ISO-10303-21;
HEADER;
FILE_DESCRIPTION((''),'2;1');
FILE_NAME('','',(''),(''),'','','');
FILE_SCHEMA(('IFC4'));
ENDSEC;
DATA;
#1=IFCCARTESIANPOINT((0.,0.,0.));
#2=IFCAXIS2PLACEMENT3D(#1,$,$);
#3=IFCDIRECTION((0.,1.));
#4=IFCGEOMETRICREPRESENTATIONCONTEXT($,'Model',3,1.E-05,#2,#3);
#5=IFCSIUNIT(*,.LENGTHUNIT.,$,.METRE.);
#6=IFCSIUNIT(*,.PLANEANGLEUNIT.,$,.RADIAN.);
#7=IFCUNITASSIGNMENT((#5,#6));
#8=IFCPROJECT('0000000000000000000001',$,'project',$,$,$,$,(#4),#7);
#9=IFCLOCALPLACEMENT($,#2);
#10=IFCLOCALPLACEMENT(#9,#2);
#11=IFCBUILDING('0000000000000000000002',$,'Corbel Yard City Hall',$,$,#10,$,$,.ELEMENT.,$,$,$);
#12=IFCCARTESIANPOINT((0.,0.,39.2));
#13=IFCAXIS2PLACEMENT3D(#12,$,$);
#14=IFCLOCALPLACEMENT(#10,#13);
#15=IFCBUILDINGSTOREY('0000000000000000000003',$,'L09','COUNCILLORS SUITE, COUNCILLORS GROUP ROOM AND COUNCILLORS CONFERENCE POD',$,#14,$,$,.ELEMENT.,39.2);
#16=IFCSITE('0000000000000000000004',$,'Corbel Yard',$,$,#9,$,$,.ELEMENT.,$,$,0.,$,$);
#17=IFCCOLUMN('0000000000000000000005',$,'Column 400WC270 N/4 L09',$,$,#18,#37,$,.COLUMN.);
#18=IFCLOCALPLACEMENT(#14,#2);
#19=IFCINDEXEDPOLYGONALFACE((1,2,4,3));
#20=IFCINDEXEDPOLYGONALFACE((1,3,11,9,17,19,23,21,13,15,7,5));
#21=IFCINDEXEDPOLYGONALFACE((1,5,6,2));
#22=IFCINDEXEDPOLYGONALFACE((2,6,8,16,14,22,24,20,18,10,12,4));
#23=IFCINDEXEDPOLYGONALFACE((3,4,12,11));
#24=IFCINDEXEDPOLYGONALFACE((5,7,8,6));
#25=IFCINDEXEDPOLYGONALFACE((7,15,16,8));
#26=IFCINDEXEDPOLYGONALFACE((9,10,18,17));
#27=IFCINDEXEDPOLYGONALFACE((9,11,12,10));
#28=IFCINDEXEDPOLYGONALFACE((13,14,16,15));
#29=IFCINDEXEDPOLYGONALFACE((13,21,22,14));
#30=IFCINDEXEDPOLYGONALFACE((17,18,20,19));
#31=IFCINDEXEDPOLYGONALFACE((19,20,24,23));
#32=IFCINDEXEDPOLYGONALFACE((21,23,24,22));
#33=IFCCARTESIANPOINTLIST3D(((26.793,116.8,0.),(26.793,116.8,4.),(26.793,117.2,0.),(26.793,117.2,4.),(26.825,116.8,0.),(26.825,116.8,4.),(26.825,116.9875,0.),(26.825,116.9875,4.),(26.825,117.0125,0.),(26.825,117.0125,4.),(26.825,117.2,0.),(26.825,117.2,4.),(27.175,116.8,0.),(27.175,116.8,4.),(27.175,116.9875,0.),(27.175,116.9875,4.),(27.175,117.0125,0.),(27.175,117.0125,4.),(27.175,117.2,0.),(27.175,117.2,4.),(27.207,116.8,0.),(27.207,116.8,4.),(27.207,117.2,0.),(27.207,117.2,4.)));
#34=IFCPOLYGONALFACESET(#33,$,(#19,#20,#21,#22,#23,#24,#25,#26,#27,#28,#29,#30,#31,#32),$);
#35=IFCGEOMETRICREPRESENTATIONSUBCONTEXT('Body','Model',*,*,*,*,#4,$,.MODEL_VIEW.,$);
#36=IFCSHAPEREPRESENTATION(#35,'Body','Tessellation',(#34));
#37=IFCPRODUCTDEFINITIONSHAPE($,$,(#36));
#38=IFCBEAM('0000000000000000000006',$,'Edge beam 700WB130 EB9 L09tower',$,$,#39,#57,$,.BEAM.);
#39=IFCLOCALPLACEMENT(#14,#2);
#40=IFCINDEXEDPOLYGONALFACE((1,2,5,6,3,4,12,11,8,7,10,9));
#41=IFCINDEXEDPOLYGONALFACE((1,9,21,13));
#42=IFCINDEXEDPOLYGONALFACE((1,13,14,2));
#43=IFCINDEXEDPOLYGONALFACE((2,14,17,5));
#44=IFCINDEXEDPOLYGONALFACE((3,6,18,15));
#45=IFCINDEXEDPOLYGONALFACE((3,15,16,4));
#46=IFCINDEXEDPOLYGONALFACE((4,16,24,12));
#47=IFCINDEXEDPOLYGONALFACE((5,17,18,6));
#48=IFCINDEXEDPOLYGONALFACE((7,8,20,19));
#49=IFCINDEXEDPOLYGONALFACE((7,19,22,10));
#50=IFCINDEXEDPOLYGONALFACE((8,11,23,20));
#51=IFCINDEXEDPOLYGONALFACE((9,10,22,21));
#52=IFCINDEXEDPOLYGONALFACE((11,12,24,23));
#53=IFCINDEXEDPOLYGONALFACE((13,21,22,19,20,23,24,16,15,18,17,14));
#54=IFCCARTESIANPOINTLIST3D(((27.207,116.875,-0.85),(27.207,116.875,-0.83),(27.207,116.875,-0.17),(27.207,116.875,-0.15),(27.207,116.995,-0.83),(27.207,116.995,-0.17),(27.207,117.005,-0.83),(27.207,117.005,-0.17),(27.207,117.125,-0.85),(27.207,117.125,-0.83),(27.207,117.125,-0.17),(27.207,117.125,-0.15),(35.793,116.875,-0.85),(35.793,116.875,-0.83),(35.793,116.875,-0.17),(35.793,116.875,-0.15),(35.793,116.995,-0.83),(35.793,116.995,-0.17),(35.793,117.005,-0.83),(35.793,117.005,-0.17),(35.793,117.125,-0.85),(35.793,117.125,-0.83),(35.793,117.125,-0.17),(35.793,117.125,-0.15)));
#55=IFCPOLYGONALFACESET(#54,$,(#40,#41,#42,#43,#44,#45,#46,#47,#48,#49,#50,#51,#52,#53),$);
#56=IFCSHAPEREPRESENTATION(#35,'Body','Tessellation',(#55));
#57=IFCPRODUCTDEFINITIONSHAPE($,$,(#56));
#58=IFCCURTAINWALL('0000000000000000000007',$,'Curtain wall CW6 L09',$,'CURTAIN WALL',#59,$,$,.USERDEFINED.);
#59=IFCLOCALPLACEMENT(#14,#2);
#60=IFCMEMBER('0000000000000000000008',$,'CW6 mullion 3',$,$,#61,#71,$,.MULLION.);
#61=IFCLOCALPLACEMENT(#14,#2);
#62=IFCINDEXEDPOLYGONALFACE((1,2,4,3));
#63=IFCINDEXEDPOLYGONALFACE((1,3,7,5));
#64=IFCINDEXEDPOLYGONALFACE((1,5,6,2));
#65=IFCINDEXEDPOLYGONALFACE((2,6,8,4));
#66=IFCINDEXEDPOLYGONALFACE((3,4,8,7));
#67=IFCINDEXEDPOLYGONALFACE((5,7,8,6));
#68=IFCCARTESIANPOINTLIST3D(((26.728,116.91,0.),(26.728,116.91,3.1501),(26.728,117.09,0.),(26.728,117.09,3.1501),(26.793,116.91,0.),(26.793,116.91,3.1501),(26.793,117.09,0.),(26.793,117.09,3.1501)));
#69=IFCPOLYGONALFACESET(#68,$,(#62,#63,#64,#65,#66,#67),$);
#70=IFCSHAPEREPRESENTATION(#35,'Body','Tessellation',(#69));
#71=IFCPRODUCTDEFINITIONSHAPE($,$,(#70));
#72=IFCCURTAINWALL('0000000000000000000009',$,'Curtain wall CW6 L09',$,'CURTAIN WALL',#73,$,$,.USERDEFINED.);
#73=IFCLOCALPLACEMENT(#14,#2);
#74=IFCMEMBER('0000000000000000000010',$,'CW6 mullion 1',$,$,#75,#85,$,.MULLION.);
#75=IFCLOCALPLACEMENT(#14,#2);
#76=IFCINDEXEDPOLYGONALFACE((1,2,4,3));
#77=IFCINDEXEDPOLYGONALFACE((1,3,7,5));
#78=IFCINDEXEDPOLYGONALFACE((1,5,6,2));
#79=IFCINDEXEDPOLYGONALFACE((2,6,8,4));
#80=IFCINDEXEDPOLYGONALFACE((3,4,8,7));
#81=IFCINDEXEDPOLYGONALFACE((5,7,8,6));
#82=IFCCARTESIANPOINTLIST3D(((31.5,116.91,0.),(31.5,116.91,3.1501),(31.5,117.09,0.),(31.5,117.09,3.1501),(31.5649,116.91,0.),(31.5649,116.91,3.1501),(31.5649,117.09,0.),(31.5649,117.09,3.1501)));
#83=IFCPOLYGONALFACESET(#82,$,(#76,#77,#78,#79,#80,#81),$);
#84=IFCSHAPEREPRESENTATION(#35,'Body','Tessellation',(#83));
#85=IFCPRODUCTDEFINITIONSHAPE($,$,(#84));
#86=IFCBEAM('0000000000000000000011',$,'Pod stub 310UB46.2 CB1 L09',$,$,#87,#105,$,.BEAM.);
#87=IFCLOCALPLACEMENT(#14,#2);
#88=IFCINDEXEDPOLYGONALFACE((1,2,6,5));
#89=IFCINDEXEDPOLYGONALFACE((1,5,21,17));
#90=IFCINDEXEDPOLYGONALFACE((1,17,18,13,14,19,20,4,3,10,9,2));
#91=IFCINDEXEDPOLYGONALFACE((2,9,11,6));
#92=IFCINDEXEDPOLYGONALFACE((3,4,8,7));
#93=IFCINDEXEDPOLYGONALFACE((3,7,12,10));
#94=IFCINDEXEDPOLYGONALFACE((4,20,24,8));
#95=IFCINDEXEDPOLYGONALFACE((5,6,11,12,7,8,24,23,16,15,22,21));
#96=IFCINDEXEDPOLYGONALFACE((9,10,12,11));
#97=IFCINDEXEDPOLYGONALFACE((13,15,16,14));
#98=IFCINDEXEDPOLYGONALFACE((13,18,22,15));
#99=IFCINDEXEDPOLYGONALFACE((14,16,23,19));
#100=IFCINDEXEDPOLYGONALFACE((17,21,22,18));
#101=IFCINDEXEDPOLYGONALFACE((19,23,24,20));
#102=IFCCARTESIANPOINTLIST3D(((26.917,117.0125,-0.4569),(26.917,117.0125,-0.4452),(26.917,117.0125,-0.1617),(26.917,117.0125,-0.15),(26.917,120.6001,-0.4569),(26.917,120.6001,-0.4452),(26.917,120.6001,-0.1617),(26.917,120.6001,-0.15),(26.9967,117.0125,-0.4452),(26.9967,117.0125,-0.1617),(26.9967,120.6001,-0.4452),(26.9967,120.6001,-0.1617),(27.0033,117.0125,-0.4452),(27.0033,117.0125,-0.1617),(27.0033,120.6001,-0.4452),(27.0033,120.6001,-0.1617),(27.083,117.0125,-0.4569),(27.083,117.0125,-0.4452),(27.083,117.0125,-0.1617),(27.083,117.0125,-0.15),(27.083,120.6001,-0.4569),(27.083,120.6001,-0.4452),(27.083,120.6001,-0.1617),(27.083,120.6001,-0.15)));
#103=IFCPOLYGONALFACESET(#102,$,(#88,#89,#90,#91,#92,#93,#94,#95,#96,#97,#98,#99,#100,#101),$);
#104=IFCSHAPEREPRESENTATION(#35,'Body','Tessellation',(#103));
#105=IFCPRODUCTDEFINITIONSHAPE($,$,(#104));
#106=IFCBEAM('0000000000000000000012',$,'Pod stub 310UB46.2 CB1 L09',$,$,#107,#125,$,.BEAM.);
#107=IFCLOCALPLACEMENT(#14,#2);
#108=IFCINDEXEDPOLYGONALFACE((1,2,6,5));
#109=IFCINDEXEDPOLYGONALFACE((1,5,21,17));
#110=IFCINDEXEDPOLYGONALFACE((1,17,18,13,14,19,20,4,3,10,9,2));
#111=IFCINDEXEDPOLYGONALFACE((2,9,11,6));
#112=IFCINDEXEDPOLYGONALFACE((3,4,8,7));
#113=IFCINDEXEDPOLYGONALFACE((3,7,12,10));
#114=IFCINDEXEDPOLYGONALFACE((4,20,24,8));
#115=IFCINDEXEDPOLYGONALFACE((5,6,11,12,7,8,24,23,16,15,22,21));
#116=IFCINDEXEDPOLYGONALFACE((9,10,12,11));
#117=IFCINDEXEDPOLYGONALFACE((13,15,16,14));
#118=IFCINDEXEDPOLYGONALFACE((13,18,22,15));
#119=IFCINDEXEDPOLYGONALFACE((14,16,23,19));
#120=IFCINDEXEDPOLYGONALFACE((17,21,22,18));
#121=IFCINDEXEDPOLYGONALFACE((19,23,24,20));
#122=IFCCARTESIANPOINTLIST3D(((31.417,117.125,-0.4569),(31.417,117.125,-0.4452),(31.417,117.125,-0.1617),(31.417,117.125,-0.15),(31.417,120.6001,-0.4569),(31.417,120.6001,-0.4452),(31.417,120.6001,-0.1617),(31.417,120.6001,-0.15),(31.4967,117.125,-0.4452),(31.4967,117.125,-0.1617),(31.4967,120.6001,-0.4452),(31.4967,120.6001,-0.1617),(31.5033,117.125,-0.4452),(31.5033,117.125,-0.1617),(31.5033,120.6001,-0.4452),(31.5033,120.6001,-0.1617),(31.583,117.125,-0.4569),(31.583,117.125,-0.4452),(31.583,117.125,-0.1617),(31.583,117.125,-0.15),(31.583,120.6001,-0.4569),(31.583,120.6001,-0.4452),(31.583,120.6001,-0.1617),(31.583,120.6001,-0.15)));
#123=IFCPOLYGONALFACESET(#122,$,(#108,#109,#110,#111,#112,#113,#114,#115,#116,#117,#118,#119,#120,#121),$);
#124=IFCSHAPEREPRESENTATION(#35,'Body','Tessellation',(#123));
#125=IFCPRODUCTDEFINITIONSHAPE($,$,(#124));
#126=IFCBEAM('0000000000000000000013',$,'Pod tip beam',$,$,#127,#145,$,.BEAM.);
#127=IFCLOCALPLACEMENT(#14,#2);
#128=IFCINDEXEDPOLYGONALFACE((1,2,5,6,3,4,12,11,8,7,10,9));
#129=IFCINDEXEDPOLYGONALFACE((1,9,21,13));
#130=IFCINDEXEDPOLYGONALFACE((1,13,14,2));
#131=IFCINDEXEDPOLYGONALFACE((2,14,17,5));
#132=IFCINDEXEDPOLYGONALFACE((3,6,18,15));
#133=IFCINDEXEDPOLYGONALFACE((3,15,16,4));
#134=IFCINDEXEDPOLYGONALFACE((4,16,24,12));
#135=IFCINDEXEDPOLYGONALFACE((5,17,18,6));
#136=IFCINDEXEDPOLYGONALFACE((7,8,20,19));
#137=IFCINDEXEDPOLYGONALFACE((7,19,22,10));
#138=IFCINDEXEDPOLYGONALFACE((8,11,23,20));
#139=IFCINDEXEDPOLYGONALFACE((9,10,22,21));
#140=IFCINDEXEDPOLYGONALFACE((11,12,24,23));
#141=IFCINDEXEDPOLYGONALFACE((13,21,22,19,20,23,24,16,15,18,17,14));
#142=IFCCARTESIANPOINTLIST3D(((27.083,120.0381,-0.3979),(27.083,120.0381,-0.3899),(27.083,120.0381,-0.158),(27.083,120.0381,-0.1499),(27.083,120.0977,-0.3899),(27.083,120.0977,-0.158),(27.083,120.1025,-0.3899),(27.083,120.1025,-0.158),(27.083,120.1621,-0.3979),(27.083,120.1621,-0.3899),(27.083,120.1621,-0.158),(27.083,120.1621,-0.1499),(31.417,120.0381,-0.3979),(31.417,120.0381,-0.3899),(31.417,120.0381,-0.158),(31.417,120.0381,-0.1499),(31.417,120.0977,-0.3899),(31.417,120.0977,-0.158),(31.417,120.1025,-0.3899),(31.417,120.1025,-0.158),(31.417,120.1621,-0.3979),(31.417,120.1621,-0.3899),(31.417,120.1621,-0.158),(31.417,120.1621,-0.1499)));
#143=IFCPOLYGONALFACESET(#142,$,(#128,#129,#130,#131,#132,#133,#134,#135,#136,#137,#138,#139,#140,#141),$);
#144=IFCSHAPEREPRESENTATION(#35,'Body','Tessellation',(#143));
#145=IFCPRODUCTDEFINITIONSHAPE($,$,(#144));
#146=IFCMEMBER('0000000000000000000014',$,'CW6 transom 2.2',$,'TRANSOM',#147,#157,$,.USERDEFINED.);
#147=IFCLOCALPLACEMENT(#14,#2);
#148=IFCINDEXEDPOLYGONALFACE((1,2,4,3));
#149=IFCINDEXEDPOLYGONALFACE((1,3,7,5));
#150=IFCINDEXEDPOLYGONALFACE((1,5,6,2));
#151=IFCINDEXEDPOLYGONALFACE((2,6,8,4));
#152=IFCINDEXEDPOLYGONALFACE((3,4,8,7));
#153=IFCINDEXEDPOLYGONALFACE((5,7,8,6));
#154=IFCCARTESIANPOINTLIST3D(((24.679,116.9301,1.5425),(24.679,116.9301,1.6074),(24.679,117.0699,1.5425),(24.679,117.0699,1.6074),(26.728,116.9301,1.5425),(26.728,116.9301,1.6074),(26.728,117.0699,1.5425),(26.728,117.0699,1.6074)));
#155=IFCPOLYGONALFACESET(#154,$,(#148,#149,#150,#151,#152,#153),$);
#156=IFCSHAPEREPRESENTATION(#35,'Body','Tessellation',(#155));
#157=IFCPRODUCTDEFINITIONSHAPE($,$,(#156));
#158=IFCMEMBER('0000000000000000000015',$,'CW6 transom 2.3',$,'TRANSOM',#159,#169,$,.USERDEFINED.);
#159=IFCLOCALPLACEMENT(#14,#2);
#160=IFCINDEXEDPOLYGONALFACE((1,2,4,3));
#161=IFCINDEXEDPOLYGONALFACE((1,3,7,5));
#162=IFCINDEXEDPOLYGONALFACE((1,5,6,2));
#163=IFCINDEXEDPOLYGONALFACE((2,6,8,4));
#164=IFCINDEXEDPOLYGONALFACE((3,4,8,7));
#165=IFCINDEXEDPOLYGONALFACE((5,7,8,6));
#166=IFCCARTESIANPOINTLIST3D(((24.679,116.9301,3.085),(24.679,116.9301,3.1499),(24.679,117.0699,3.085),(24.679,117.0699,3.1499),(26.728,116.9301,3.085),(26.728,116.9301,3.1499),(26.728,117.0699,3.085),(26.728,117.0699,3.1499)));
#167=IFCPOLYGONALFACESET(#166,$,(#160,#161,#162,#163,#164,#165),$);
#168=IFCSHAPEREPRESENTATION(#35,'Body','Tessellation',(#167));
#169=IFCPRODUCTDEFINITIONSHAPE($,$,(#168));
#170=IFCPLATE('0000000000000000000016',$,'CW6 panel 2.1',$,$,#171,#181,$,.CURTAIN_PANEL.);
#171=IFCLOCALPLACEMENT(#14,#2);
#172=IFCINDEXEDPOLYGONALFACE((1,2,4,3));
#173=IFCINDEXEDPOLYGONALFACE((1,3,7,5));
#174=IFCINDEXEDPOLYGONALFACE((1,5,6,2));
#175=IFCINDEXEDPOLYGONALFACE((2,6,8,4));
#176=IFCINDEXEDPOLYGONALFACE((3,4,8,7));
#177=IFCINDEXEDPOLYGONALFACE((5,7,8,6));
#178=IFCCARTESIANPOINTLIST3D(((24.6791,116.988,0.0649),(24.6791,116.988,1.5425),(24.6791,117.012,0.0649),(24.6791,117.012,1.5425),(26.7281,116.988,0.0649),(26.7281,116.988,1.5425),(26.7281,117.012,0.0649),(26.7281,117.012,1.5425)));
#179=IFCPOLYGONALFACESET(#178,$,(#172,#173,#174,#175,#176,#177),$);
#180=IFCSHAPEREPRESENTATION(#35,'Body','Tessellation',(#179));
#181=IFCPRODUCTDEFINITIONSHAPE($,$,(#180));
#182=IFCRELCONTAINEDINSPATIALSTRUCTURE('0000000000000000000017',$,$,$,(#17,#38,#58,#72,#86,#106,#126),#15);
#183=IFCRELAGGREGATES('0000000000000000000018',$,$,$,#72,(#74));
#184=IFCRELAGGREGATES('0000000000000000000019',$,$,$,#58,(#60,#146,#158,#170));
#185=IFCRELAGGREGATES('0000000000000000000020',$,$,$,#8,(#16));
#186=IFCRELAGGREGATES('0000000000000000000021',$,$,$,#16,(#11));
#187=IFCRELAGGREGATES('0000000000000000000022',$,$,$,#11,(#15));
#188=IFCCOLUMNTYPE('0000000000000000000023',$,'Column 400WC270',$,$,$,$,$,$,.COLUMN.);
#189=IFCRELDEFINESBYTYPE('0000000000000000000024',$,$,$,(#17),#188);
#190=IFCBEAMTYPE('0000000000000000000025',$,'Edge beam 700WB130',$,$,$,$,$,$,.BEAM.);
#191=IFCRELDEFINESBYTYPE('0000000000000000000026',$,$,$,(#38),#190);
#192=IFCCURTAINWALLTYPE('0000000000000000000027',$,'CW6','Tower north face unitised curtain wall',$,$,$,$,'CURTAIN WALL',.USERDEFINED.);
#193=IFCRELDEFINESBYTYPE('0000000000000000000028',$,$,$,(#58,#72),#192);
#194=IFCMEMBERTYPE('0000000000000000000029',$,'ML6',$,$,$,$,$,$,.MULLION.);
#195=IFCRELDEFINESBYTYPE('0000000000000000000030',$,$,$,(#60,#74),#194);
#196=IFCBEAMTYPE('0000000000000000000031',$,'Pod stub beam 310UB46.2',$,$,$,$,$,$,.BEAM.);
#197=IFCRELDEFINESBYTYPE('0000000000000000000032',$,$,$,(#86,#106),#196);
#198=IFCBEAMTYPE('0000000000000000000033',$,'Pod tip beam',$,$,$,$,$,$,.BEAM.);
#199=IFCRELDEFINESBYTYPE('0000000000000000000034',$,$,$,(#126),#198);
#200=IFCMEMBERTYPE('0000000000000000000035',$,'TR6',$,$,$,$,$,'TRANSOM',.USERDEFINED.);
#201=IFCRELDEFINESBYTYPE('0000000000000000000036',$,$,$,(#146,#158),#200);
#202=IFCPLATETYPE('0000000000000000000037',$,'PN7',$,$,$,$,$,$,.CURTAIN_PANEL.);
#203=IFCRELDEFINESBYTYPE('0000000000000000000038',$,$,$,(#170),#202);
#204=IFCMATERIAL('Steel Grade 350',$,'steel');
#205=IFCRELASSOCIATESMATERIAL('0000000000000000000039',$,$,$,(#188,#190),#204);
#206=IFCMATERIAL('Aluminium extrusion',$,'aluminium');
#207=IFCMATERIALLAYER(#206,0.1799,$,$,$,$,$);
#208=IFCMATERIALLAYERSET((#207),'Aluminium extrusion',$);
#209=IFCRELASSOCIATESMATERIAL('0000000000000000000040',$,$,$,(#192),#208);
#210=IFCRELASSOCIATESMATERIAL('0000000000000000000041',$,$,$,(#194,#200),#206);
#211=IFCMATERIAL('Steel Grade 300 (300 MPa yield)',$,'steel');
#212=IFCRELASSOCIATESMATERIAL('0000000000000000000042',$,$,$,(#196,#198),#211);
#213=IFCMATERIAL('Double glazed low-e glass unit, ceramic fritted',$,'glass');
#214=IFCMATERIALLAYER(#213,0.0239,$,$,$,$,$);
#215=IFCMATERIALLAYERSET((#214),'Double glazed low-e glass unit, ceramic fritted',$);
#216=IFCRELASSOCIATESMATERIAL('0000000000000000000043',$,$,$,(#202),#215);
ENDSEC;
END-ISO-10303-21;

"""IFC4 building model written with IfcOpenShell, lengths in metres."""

from ifc_helpers import new_model, si_unit, direction, frame, origin, origin_2d, place, context, subcontext, project, spatial, rectangle, i_section, extrude, material, layer, layer_set, material_profile, profile_set, type_object, element, aggregate, save


model = new_model("IFC4")

# Units and contexts
model_context = context("Model", 3, precision=1e-05, world=origin(), true_north=direction((0.0, 1.0)))
body_context = subcontext(model_context, "Body", "Model", "MODEL_VIEW")
ifc_project = project(units=[si_unit("LENGTHUNIT", "METRE"), si_unit("PLANEANGLEUNIT", "RADIAN")], contexts=[model_context])

# Site, building, storey
site_placement = place(None, origin())
site = spatial("IfcSite", under=ifc_project, at=site_placement, Name="Corbel Yard", CompositionType="ELEMENT", RefElevation=0.0)
building_placement = place(site_placement, origin())
building = spatial("IfcBuilding", under=site, at=building_placement, Name="Corbel Yard City Hall", CompositionType="ELEMENT")
storey_placement = place(building_placement, frame((0.0, 0.0, 39.2)))
storey = spatial("IfcBuildingStorey", under=building, at=storey_placement, Name="L09", Description="COUNCILLORS SUITE, COUNCILLORS GROUP ROOM AND COUNCILLORS CONFERENCE POD", CompositionType="ELEMENT", Elevation=39.2)

# Column
ifc_material_1 = material(Name="Steel Grade 350", Category="steel")
ifc_material_profile_1 = material_profile(ifc_material_1, i_section(OverallWidth=0.3999, OverallDepth=0.4141, WebThickness=0.0249, FlangeThickness=0.032, at=origin_2d()), Name="400WC270")
ifc_profile_set_1 = profile_set([ifc_material_profile_1], Name="Steel Grade 350")
column_type = type_object("IfcColumnType", Name="Column 400WC270", PredefinedType="COLUMN", material=ifc_profile_set_1)
column_placement = place(storey_placement, frame((27.0, 117.0, 0.0), z_axis=(0.0, 0.0, 1.0), x_axis=(0.0, 1.0, 0.0)))
element("IfcColumn", 1, at=column_placement, inside=storey, type_object=column_type, Name="Column 400WC270 N/4 L09", PredefinedType="COLUMN", context=body_context, shape_type="SweptSolid", body=[
    extrude(i_section(OverallWidth=0.3999, OverallDepth=0.4141, WebThickness=0.0249, FlangeThickness=0.032, at=origin_2d()), origin(), (0.0, 0.0, 1.0), 4.0),
])

# Beam
ifc_material_profile_2 = material_profile(ifc_material_1, i_section(OverallWidth=0.25, OverallDepth=0.7, WebThickness=0.01, FlangeThickness=0.02, at=origin_2d()), Name="700WB130")
ifc_profile_set_2 = profile_set([ifc_material_profile_2], Name="Steel Grade 350")
beam_type_1 = type_object("IfcBeamType", Name="Edge beam 700WB130", PredefinedType="BEAM", material=ifc_profile_set_2)
beam_1_placement = place(storey_placement, frame((27.207, 117.0, -0.5), z_axis=(1.0, 0.0, 0.0), x_axis=(0.0, 1.0, 0.0)))
element("IfcBeam", 2, at=beam_1_placement, inside=storey, type_object=beam_type_1, Name="Edge beam 700WB130 EB9 L09tower", PredefinedType="BEAM", context=body_context, shape_type="SweptSolid", body=[
    extrude(i_section(OverallWidth=0.25, OverallDepth=0.7, WebThickness=0.01, FlangeThickness=0.02, at=origin_2d()), origin(), (0.0, 0.0, 1.0), 8.5859),
])

# Curtain walls, members
ifc_material_2 = material(Name="Aluminium extrusion", Category="aluminium")
ifc_layer_1 = layer(ifc_material_2, 0.1799)
ifc_layer_set_1 = layer_set([ifc_layer_1], Name="Aluminium extrusion")
curtain_wall_type = type_object("IfcCurtainWallType", Name="CW6", Description="Tower north face unitised curtain wall", ElementType="CURTAIN WALL", PredefinedType="USERDEFINED", material=ifc_layer_set_1)
curtain_wall_1_placement = place(storey_placement, origin())
curtain_wall_1 = element("IfcCurtainWall", 3, at=curtain_wall_1_placement, inside=storey, type_object=curtain_wall_type, Name="Curtain wall CW6 L09", ObjectType="CURTAIN WALL", PredefinedType="USERDEFINED")
ifc_material_profile_3 = material_profile(ifc_material_2, rectangle(XDim=0.1799, YDim=0.0649, at=origin_2d()), Name="180x65")
ifc_profile_set_3 = profile_set([ifc_material_profile_3], Name="Aluminium extrusion")
member_type_1 = type_object("IfcMemberType", Name="ML6", PredefinedType="MULLION", material=ifc_profile_set_3)
member_1_placement = place(storey_placement, frame((26.7605, 117.0, 0.0), z_axis=(0.0, 0.0, 1.0), x_axis=(0.0, 1.0, 0.0)))
member_1 = element("IfcMember", 4, at=member_1_placement, type_object=member_type_1, Name="CW6 mullion 3", PredefinedType="MULLION", context=body_context, shape_type="SweptSolid", body=[
    extrude(rectangle(XDim=0.1799, YDim=0.0649, at=origin_2d()), origin(), (0.0, 0.0, 1.0), 3.1501),
])
curtain_wall_2_placement = place(storey_placement, origin())
curtain_wall_2 = element("IfcCurtainWall", 5, at=curtain_wall_2_placement, inside=storey, type_object=curtain_wall_type, Name="Curtain wall CW6 L09", ObjectType="CURTAIN WALL", PredefinedType="USERDEFINED")
member_2_placement = place(storey_placement, frame((31.5325, 117.0, 0.0), z_axis=(0.0, 0.0, 1.0), x_axis=(0.0, 1.0, 0.0)))
member_2 = element("IfcMember", 6, at=member_2_placement, type_object=member_type_1, Name="CW6 mullion 1", PredefinedType="MULLION", context=body_context, shape_type="SweptSolid", body=[
    extrude(rectangle(XDim=0.1799, YDim=0.0649, at=origin_2d()), origin(), (0.0, 0.0, 1.0), 3.1501),
])
aggregate(curtain_wall_2, [member_2])

# Beams
ifc_material_3 = material(Name="Steel Grade 300 (300 MPa yield)", Category="steel")
ifc_material_profile_4 = material_profile(ifc_material_3, i_section(OverallWidth=0.166, OverallDepth=0.3069, WebThickness=0.0066, FlangeThickness=0.0117, at=origin_2d()), Name="310UB46.2")
ifc_profile_set_4 = profile_set([ifc_material_profile_4], Name="Steel Grade 300 (300 MPa yield)")
beam_type_2 = type_object("IfcBeamType", Name="Pod stub beam 310UB46.2", PredefinedType="BEAM", material=ifc_profile_set_4)
beam_2_placement = place(storey_placement, frame((27.0, 117.0125, -0.3035), z_axis=(0.0, 1.0, 0.0), x_axis=(-1.0, 0.0, 0.0)))
element("IfcBeam", 7, at=beam_2_placement, inside=storey, type_object=beam_type_2, Name="Pod stub 310UB46.2 CB1 L09", PredefinedType="BEAM", context=body_context, shape_type="SweptSolid", body=[
    extrude(i_section(OverallWidth=0.166, OverallDepth=0.3069, WebThickness=0.0066, FlangeThickness=0.0117, at=origin_2d()), origin(), (0.0, 0.0, 1.0), 3.5876),
])
beam_3_placement = place(storey_placement, frame((31.5, 117.125, -0.3035), z_axis=(0.0, 1.0, 0.0), x_axis=(-1.0, 0.0, 0.0)))
element("IfcBeam", 8, at=beam_3_placement, inside=storey, type_object=beam_type_2, Name="Pod stub 310UB46.2 CB1 L09", PredefinedType="BEAM", context=body_context, shape_type="SweptSolid", body=[
    extrude(i_section(OverallWidth=0.166, OverallDepth=0.3069, WebThickness=0.0066, FlangeThickness=0.0117, at=origin_2d()), origin(), (0.0, 0.0, 1.0), 3.4751),
])
ifc_material_profile_5 = material_profile(ifc_material_3, i_section(OverallWidth=0.124, OverallDepth=0.248, WebThickness=0.0049, FlangeThickness=0.0081, at=origin_2d()), Name="250UB25.7")
ifc_profile_set_5 = profile_set([ifc_material_profile_5], Name="Steel Grade 300 (300 MPa yield)")
beam_type_3 = type_object("IfcBeamType", Name="Pod tip beam", PredefinedType="BEAM", material=ifc_profile_set_5)
beam_4_placement = place(storey_placement, frame((27.083, 120.1001, -0.2739), z_axis=(1.0, 0.0, 0.0), x_axis=(0.0, 1.0, 0.0)))
element("IfcBeam", 9, at=beam_4_placement, inside=storey, type_object=beam_type_3, Name="Pod tip beam", PredefinedType="BEAM", context=body_context, shape_type="SweptSolid", body=[
    extrude(i_section(OverallWidth=0.124, OverallDepth=0.248, WebThickness=0.0049, FlangeThickness=0.0081, at=origin_2d()), origin(), (0.0, 0.0, 1.0), 4.334),
])

# Members
ifc_material_profile_6 = material_profile(ifc_material_2, rectangle(XDim=0.1399, YDim=0.0649, at=origin_2d()), Name="140x65")
ifc_profile_set_6 = profile_set([ifc_material_profile_6], Name="Aluminium extrusion")
member_type_2 = type_object("IfcMemberType", Name="TR6", ElementType="TRANSOM", PredefinedType="USERDEFINED", material=ifc_profile_set_6)
member_3_placement = place(storey_placement, frame((24.679, 117.0, 1.575), z_axis=(1.0, 0.0, 0.0), x_axis=(0.0, 1.0, 0.0)))
member_3 = element("IfcMember", 10, at=member_3_placement, type_object=member_type_2, Name="CW6 transom 2.2", ObjectType="TRANSOM", PredefinedType="USERDEFINED", context=body_context, shape_type="SweptSolid", body=[
    extrude(rectangle(XDim=0.1399, YDim=0.0649, at=origin_2d()), origin(), (0.0, 0.0, 1.0), 2.0491),
])
member_4_placement = place(storey_placement, frame((24.679, 117.0, 3.1174), z_axis=(1.0, 0.0, 0.0), x_axis=(0.0, 1.0, 0.0)))
member_4 = element("IfcMember", 11, at=member_4_placement, type_object=member_type_2, Name="CW6 transom 2.3", ObjectType="TRANSOM", PredefinedType="USERDEFINED", context=body_context, shape_type="SweptSolid", body=[
    extrude(rectangle(XDim=0.1399, YDim=0.0649, at=origin_2d()), origin(), (0.0, 0.0, 1.0), 2.0491),
])

# Plate
ifc_material_4 = material(Name="Double glazed low-e glass unit, ceramic fritted", Category="glass")
ifc_layer_2 = layer(ifc_material_4, 0.0239)
ifc_layer_set_2 = layer_set([ifc_layer_2], Name="Double glazed low-e glass unit, ceramic fritted")
plate_type = type_object("IfcPlateType", Name="PN7", PredefinedType="CURTAIN_PANEL", material=ifc_layer_set_2)
plate_1_placement = place(storey_placement, frame((25.7036, 117.0, 0.0649), z_axis=(0.0, 0.0, 1.0), x_axis=(1.0, 0.0, 0.0)))
plate_1 = element("IfcPlate", 12, at=plate_1_placement, type_object=plate_type, Name="CW6 panel 2.1", PredefinedType="CURTAIN_PANEL", context=body_context, shape_type="SweptSolid", body=[
    extrude(rectangle(XDim=2.0491, YDim=0.0239, at=origin_2d()), origin(), (0.0, 0.0, 1.0), 1.4775),
])
aggregate(curtain_wall_1, [member_1, member_3, member_4, plate_1])

save(model, "model.ifc")
